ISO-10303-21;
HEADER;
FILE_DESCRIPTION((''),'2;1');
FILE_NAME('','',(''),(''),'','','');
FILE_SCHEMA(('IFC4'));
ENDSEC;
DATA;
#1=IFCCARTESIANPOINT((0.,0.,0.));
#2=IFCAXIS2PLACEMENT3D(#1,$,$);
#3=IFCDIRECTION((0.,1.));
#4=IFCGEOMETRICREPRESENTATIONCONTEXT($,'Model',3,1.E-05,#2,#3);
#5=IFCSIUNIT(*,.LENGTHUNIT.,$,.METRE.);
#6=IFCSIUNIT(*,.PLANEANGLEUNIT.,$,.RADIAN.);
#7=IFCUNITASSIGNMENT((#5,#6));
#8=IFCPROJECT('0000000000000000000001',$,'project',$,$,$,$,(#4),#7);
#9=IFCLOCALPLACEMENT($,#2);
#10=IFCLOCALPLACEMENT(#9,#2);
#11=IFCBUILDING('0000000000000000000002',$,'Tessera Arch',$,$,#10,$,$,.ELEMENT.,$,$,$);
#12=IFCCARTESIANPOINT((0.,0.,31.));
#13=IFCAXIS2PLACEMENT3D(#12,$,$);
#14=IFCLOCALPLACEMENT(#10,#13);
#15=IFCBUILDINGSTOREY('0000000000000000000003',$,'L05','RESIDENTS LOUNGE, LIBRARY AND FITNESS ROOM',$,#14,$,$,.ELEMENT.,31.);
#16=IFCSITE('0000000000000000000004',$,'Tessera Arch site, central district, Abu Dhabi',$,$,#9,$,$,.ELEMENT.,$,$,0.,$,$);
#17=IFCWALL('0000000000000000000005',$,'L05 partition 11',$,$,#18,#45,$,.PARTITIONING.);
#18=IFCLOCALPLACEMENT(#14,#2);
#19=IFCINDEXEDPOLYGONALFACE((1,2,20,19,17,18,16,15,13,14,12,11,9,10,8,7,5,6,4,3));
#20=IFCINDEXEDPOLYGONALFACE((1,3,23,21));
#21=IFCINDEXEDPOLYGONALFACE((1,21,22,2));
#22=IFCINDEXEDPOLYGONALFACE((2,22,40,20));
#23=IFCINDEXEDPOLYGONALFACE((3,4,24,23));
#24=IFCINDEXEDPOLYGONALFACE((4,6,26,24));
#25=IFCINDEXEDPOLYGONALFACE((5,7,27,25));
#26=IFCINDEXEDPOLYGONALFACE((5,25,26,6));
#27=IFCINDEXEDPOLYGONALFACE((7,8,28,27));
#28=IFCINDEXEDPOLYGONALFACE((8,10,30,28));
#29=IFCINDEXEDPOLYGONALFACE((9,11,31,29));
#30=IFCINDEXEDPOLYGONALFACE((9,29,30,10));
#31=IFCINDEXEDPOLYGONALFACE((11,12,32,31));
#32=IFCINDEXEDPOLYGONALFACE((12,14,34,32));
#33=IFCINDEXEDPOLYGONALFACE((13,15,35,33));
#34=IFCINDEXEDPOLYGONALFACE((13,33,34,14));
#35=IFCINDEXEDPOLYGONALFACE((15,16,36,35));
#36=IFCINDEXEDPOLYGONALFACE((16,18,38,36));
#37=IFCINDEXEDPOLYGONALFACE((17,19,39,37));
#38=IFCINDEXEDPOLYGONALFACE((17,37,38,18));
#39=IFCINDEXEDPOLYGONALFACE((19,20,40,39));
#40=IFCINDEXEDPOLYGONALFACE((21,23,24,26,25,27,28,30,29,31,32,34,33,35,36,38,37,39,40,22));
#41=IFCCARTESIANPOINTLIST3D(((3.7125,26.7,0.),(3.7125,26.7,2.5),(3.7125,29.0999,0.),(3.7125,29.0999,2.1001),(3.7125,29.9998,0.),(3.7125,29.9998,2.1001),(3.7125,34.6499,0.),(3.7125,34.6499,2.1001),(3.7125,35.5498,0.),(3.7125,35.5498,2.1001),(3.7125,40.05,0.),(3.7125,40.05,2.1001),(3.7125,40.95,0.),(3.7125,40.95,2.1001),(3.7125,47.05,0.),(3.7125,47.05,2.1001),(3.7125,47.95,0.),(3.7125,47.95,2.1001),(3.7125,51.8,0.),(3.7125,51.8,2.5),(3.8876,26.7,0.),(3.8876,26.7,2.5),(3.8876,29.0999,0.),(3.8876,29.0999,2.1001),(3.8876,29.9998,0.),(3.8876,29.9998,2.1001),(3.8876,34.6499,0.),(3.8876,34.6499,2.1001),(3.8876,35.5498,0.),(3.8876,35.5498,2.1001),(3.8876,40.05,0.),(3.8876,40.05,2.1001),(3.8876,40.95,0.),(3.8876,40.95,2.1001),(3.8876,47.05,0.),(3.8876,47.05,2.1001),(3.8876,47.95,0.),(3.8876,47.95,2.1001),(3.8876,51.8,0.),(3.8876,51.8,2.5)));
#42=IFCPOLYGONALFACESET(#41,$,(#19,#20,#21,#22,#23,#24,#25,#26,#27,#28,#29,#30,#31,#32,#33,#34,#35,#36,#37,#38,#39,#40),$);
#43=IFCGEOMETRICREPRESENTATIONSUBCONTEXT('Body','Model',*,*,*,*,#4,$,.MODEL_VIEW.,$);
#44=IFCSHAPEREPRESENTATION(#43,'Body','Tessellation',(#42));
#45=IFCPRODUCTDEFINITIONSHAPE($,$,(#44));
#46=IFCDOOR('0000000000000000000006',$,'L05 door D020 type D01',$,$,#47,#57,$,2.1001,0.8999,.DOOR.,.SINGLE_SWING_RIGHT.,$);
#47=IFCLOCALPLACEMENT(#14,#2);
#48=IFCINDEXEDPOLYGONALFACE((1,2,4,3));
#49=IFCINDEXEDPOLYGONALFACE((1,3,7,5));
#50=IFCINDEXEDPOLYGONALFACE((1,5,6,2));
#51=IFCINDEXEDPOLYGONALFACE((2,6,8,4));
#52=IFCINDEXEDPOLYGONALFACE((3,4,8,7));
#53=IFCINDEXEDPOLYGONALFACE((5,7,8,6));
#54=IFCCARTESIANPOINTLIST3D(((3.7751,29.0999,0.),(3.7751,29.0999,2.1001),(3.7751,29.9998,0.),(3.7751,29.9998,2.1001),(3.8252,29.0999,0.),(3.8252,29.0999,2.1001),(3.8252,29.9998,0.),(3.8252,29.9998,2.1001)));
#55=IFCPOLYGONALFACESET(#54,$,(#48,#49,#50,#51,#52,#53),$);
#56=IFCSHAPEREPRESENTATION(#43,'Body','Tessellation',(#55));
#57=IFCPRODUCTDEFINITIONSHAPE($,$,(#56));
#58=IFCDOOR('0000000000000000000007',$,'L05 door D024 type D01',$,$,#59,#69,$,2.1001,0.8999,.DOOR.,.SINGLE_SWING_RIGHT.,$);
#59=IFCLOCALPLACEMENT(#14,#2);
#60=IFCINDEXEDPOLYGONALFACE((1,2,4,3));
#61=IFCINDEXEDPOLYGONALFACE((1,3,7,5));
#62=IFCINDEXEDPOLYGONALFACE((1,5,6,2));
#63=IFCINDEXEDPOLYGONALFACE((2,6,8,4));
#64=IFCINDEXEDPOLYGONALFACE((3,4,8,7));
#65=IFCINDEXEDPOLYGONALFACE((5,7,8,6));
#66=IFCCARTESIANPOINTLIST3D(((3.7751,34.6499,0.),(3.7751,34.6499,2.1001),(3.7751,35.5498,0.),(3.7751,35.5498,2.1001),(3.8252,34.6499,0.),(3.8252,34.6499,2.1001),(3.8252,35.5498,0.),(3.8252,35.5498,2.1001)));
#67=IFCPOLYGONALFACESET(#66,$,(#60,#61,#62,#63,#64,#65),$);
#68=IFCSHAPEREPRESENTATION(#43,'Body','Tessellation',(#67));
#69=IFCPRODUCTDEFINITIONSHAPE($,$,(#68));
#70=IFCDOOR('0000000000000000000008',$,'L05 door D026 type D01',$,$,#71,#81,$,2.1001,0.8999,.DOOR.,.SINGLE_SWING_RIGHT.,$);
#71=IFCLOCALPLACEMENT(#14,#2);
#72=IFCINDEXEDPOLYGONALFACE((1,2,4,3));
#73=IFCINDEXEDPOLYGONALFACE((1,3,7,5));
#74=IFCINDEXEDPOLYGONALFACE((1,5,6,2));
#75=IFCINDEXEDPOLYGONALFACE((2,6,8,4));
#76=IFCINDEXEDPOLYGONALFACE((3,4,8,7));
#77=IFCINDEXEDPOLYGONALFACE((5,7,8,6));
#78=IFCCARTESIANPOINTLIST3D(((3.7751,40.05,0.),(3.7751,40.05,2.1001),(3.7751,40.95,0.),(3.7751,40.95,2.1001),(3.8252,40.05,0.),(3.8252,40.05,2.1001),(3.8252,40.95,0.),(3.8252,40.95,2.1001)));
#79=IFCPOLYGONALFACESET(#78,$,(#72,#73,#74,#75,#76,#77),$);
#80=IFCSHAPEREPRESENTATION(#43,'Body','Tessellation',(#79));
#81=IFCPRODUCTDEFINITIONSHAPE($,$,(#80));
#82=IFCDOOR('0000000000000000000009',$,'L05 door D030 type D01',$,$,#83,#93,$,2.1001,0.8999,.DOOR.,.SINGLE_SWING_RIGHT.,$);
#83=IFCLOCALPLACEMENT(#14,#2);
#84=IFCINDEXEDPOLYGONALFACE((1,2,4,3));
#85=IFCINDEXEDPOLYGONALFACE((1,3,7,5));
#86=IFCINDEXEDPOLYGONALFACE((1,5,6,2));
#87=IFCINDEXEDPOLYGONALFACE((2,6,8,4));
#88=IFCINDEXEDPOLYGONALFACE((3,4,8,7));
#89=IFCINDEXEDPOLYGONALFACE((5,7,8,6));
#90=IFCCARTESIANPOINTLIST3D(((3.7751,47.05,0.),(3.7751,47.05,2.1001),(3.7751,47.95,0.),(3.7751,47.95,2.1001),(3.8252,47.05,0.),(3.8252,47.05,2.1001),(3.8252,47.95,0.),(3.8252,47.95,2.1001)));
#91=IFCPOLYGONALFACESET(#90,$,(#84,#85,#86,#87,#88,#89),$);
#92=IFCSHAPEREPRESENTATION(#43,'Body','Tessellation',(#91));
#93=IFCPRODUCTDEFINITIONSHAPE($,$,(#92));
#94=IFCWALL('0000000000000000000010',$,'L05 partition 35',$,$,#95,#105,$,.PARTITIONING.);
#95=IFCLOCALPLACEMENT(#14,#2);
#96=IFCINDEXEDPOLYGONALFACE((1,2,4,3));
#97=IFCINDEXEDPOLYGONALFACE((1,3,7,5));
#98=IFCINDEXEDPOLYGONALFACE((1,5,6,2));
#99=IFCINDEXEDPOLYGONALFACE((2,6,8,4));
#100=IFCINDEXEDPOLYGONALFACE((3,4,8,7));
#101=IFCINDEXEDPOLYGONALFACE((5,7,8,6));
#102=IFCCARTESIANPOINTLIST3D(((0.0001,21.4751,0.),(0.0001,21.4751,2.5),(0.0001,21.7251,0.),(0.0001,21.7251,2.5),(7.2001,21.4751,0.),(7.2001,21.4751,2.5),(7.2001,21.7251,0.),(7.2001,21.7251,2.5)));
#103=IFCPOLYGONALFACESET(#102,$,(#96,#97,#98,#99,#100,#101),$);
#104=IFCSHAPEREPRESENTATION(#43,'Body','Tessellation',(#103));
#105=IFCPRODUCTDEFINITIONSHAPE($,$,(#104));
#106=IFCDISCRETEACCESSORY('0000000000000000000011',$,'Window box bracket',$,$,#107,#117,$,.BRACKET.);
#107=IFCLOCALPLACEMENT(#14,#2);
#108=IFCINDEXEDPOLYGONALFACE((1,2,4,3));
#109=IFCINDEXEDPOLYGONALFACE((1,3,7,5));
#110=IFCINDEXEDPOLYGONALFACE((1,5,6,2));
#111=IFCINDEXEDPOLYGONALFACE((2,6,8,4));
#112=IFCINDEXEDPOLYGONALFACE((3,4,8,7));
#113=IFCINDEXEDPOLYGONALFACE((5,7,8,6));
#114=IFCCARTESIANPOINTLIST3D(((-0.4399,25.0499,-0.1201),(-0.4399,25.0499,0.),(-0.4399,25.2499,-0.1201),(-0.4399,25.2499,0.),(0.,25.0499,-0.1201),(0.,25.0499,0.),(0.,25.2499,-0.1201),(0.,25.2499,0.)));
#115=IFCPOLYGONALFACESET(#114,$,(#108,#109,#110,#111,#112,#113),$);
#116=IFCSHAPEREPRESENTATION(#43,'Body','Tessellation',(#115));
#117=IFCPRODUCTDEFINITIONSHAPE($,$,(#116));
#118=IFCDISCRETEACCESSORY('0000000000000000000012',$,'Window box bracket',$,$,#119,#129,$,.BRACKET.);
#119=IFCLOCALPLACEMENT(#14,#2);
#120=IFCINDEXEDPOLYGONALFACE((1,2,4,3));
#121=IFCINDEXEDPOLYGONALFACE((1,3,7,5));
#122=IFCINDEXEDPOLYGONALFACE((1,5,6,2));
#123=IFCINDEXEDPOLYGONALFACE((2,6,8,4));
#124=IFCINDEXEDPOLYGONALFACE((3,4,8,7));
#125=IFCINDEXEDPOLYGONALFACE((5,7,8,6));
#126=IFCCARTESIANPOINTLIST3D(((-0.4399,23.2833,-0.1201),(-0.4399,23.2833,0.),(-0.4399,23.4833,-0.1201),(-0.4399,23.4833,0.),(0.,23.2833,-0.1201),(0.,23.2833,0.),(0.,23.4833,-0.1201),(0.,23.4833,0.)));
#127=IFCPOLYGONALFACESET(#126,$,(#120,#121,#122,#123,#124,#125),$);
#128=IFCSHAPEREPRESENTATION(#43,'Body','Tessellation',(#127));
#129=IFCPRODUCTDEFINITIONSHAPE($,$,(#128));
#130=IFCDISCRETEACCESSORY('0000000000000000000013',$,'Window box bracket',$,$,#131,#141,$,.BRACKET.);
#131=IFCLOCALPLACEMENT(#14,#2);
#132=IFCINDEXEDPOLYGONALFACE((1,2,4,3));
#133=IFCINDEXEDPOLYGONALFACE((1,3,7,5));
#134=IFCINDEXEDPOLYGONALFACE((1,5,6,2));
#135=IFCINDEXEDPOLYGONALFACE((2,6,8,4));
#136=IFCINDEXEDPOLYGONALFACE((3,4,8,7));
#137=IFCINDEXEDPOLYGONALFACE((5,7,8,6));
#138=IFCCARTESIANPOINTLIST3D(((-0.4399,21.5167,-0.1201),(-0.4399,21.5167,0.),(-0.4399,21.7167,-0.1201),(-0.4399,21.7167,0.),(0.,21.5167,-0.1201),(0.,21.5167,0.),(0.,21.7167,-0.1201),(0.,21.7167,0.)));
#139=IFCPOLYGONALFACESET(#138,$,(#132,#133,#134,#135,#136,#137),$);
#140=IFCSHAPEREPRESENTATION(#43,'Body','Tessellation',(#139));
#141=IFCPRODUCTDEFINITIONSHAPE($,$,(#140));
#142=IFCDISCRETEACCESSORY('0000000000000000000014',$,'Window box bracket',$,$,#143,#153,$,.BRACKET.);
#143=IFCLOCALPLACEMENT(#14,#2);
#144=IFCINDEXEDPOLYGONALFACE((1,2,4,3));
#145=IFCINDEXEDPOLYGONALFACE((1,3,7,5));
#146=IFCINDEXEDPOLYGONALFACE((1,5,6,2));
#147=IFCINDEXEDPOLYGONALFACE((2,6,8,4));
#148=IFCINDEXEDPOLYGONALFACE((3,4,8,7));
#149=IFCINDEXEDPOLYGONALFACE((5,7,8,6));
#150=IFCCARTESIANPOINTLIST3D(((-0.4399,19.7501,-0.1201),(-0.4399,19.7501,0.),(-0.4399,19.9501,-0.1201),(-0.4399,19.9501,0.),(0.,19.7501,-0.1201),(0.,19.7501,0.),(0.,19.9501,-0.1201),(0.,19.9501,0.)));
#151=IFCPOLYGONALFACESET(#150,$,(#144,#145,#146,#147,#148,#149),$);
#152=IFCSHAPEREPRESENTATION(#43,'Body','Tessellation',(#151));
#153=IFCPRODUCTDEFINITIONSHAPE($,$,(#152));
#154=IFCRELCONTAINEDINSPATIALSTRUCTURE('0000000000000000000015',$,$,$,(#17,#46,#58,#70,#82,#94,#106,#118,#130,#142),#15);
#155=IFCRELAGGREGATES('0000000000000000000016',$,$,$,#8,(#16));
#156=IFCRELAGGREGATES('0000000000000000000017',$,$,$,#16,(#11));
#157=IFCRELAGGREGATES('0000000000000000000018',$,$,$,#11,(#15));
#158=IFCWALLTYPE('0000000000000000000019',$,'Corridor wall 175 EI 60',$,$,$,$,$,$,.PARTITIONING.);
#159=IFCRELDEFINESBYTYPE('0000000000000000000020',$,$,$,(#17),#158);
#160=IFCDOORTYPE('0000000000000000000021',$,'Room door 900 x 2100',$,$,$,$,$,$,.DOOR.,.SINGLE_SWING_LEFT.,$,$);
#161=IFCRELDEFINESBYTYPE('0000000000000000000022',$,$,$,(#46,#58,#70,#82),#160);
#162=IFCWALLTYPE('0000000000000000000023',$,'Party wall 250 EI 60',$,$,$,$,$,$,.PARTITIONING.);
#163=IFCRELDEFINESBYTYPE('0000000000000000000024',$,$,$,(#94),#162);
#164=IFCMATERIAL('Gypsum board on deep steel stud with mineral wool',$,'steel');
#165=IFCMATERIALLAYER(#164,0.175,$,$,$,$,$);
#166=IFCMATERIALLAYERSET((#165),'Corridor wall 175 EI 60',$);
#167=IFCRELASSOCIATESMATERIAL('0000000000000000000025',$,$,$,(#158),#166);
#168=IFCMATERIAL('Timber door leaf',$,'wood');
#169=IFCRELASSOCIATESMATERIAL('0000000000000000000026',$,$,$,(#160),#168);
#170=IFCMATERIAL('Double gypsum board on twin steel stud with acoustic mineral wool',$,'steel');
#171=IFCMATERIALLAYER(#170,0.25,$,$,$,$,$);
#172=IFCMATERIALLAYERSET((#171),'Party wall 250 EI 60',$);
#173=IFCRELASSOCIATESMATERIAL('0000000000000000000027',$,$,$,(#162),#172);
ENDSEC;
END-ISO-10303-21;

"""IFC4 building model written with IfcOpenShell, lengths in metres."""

from ifc_helpers import new_model, si_unit, direction, frame, frame_2d, origin, origin_2d, place, context, subcontext, project, spatial, rectangle, extrude, material, layer, layer_set, type_object, element, fill, save


model = new_model("IFC4")

# Units and contexts
model_context = context("Model", 3, precision=1e-05, world=origin(), true_north=direction((0.0, 1.0)))
body_context = subcontext(model_context, "Body", "Model", "MODEL_VIEW")
ifc_project = project(units=[si_unit("LENGTHUNIT", "METRE"), si_unit("PLANEANGLEUNIT", "RADIAN")], contexts=[model_context])

# Site, building, storey
site_placement = place(None, origin())
site = spatial("IfcSite", under=ifc_project, at=site_placement, Name="Tessera Arch site, central district, Abu Dhabi", CompositionType="ELEMENT", RefElevation=0.0)
building_placement = place(site_placement, origin())
building = spatial("IfcBuilding", under=site, at=building_placement, Name="Tessera Arch", CompositionType="ELEMENT")
storey_placement = place(building_placement, frame((0.0, 0.0, 31.0)))
storey = spatial("IfcBuildingStorey", under=building, at=storey_placement, Name="L05", Description="RESIDENTS LOUNGE, LIBRARY AND FITNESS ROOM", CompositionType="ELEMENT", Elevation=31.0)

# Shared definitions
ifc_material_1 = material(Name="Gypsum board on deep steel stud with mineral wool", Category="steel")
ifc_layer_1 = layer(ifc_material_1, 0.175)
ifc_layer_set_1 = layer_set([ifc_layer_1], Name="Corridor wall 175 EI 60")
wall_type_1 = type_object("IfcWallType", Name="Corridor wall 175 EI 60", PredefinedType="PARTITIONING", material=ifc_layer_set_1)

# Wall, openings, doors
wall_1_placement = place(storey_placement, frame((3.8, 26.7, 0.0), z_axis=(0.0, 0.0, 1.0), x_axis=(0.0, 1.0, 0.0)))
wall_1 = element("IfcWall", 1, at=wall_1_placement, inside=storey, type_object=wall_type_1, Name="L05 partition 11", PredefinedType="PARTITIONING", context=body_context, shape_type="SweptSolid", body=[
    extrude(rectangle(XDim=25.1001, YDim=0.175, at=frame_2d((12.55, 0.0))), origin(), (0.0, 0.0, 1.0), 2.5),
])
opening_1_placement = place(wall_1_placement, frame((2.3999, 0.0, 0.0)))
opening_1 = element("IfcOpeningElement", 2, at=opening_1_placement, cuts=wall_1, PredefinedType="OPENING", context=body_context, shape_type="SweptSolid", body=[
    extrude(rectangle(XDim=0.8999, YDim=2.1001, at=frame_2d((0.45, 1.05))), frame((0.0, 0.0974, 0.0), z_axis=(0.0, -1.0, 0.0), x_axis=(1.0, 0.0, 0.0)), (0.0, 0.0, 1.0), 0.1951),
])
opening_2_placement = place(wall_1_placement, frame((7.95, 0.0, 0.0)))
opening_2 = element("IfcOpeningElement", 3, at=opening_2_placement, cuts=wall_1, PredefinedType="OPENING", context=body_context, shape_type="SweptSolid", body=[
    extrude(rectangle(XDim=0.8999, YDim=2.1001, at=frame_2d((0.45, 1.05))), frame((0.0, 0.0974, 0.0), z_axis=(0.0, -1.0, 0.0), x_axis=(1.0, 0.0, 0.0)), (0.0, 0.0, 1.0), 0.1951),
])
opening_3_placement = place(wall_1_placement, frame((13.3501, 0.0, 0.0)))
opening_3 = element("IfcOpeningElement", 4, at=opening_3_placement, cuts=wall_1, PredefinedType="OPENING", context=body_context, shape_type="SweptSolid", body=[
    extrude(rectangle(XDim=0.8999, YDim=2.1001, at=frame_2d((0.45, 1.05))), frame((0.0, 0.0974, 0.0), z_axis=(0.0, -1.0, 0.0), x_axis=(1.0, 0.0, 0.0)), (0.0, 0.0, 1.0), 0.1951),
])
opening_4_placement = place(wall_1_placement, frame((20.3501, 0.0, 0.0)))
opening_4 = element("IfcOpeningElement", 5, at=opening_4_placement, cuts=wall_1, PredefinedType="OPENING", context=body_context, shape_type="SweptSolid", body=[
    extrude(rectangle(XDim=0.8999, YDim=2.1001, at=frame_2d((0.45, 1.05))), frame((0.0, 0.0974, 0.0), z_axis=(0.0, -1.0, 0.0), x_axis=(1.0, 0.0, 0.0)), (0.0, 0.0, 1.0), 0.1951),
])
ifc_material_2 = material(Name="Timber door leaf", Category="wood")
door_type = type_object("IfcDoorType", Name="Room door 900 x 2100", OperationType="SINGLE_SWING_LEFT", PredefinedType="DOOR", material=ifc_material_2)
door_1_placement = place(opening_1_placement, origin())
door_1 = element("IfcDoor", 6, at=door_1_placement, inside=storey, type_object=door_type, Name="L05 door D020 type D01", OperationType="SINGLE_SWING_RIGHT", OverallHeight=2.1001, OverallWidth=0.8999, PredefinedType="DOOR", context=body_context, shape_type="SweptSolid", body=[
    extrude(rectangle(XDim=0.8999, YDim=2.1001, at=frame_2d((0.45, 1.05))), frame((0.0, 0.0249, 0.0), z_axis=(0.0, -1.0, 0.0), x_axis=(1.0, 0.0, 0.0)), (0.0, 0.0, 1.0), 0.05),
])
fill(opening_1, door_1)
door_2_placement = place(opening_2_placement, origin())
door_2 = element("IfcDoor", 7, at=door_2_placement, inside=storey, type_object=door_type, Name="L05 door D024 type D01", OperationType="SINGLE_SWING_RIGHT", OverallHeight=2.1001, OverallWidth=0.8999, PredefinedType="DOOR", context=body_context, shape_type="SweptSolid", body=[
    extrude(rectangle(XDim=0.8999, YDim=2.1001, at=frame_2d((0.45, 1.05))), frame((0.0, 0.0249, 0.0), z_axis=(0.0, -1.0, 0.0), x_axis=(1.0, 0.0, 0.0)), (0.0, 0.0, 1.0), 0.05),
])
fill(opening_2, door_2)
door_3_placement = place(opening_3_placement, origin())
door_3 = element("IfcDoor", 8, at=door_3_placement, inside=storey, type_object=door_type, Name="L05 door D026 type D01", OperationType="SINGLE_SWING_RIGHT", OverallHeight=2.1001, OverallWidth=0.8999, PredefinedType="DOOR", context=body_context, shape_type="SweptSolid", body=[
    extrude(rectangle(XDim=0.8999, YDim=2.1001, at=frame_2d((0.45, 1.05))), frame((0.0, 0.0249, 0.0), z_axis=(0.0, -1.0, 0.0), x_axis=(1.0, 0.0, 0.0)), (0.0, 0.0, 1.0), 0.05),
])
fill(opening_3, door_3)
door_4_placement = place(opening_4_placement, origin())
door_4 = element("IfcDoor", 9, at=door_4_placement, inside=storey, type_object=door_type, Name="L05 door D030 type D01", OperationType="SINGLE_SWING_RIGHT", OverallHeight=2.1001, OverallWidth=0.8999, PredefinedType="DOOR", context=body_context, shape_type="SweptSolid", body=[
    extrude(rectangle(XDim=0.8999, YDim=2.1001, at=frame_2d((0.45, 1.05))), frame((0.0, 0.0249, 0.0), z_axis=(0.0, -1.0, 0.0), x_axis=(1.0, 0.0, 0.0)), (0.0, 0.0, 1.0), 0.05),
])
fill(opening_4, door_4)

# Wall
ifc_material_3 = material(Name="Double gypsum board on twin steel stud with acoustic mineral wool", Category="steel")
ifc_layer_2 = layer(ifc_material_3, 0.25)
ifc_layer_set_2 = layer_set([ifc_layer_2], Name="Party wall 250 EI 60")
wall_type_2 = type_object("IfcWallType", Name="Party wall 250 EI 60", PredefinedType="PARTITIONING", material=ifc_layer_set_2)
wall_2_placement = place(storey_placement, frame((0.0, 21.6001, 0.0), z_axis=(0.0, 0.0, 1.0), x_axis=(1.0, 0.0, 0.0)))
element("IfcWall", 10, at=wall_2_placement, inside=storey, type_object=wall_type_2, Name="L05 partition 35", PredefinedType="PARTITIONING", context=body_context, shape_type="SweptSolid", body=[
    extrude(rectangle(XDim=7.2, YDim=0.25, at=frame_2d((3.6001, 0.0))), origin(), (0.0, 0.0, 1.0), 2.5),
])

# Discrete accessories
for number, where, z_axis, x_axis, name in (
    (11, (-0.22, 25.1499, -0.1201), (0.0, 0.0, 1.0), (-1.0, 0.0, 0.0), "Window box bracket"),
    (12, (-0.22, 23.3833, -0.1201), (0.0, 0.0, 1.0), (-1.0, 0.0, 0.0), "Window box bracket"),
    (13, (-0.22, 21.6167, -0.1201), (0.0, 0.0, 1.0), (-1.0, 0.0, 0.0), "Window box bracket"),
    (14, (-0.22, 19.8501, -0.1201), (0.0, 0.0, 1.0), (-1.0, 0.0, 0.0), "Window box bracket"),
):
    element("IfcDiscreteAccessory", number, at=place(storey_placement, frame(where, z_axis=z_axis, x_axis=x_axis)), inside=storey, Name=name, PredefinedType="BRACKET", context=body_context, shape_type="SweptSolid", body=[
        extrude(rectangle(XDim=0.4399, YDim=0.2, at=origin_2d()), origin(), (0.0, 0.0, 1.0), 0.1201),
    ])

save(model, "model.ifc")
